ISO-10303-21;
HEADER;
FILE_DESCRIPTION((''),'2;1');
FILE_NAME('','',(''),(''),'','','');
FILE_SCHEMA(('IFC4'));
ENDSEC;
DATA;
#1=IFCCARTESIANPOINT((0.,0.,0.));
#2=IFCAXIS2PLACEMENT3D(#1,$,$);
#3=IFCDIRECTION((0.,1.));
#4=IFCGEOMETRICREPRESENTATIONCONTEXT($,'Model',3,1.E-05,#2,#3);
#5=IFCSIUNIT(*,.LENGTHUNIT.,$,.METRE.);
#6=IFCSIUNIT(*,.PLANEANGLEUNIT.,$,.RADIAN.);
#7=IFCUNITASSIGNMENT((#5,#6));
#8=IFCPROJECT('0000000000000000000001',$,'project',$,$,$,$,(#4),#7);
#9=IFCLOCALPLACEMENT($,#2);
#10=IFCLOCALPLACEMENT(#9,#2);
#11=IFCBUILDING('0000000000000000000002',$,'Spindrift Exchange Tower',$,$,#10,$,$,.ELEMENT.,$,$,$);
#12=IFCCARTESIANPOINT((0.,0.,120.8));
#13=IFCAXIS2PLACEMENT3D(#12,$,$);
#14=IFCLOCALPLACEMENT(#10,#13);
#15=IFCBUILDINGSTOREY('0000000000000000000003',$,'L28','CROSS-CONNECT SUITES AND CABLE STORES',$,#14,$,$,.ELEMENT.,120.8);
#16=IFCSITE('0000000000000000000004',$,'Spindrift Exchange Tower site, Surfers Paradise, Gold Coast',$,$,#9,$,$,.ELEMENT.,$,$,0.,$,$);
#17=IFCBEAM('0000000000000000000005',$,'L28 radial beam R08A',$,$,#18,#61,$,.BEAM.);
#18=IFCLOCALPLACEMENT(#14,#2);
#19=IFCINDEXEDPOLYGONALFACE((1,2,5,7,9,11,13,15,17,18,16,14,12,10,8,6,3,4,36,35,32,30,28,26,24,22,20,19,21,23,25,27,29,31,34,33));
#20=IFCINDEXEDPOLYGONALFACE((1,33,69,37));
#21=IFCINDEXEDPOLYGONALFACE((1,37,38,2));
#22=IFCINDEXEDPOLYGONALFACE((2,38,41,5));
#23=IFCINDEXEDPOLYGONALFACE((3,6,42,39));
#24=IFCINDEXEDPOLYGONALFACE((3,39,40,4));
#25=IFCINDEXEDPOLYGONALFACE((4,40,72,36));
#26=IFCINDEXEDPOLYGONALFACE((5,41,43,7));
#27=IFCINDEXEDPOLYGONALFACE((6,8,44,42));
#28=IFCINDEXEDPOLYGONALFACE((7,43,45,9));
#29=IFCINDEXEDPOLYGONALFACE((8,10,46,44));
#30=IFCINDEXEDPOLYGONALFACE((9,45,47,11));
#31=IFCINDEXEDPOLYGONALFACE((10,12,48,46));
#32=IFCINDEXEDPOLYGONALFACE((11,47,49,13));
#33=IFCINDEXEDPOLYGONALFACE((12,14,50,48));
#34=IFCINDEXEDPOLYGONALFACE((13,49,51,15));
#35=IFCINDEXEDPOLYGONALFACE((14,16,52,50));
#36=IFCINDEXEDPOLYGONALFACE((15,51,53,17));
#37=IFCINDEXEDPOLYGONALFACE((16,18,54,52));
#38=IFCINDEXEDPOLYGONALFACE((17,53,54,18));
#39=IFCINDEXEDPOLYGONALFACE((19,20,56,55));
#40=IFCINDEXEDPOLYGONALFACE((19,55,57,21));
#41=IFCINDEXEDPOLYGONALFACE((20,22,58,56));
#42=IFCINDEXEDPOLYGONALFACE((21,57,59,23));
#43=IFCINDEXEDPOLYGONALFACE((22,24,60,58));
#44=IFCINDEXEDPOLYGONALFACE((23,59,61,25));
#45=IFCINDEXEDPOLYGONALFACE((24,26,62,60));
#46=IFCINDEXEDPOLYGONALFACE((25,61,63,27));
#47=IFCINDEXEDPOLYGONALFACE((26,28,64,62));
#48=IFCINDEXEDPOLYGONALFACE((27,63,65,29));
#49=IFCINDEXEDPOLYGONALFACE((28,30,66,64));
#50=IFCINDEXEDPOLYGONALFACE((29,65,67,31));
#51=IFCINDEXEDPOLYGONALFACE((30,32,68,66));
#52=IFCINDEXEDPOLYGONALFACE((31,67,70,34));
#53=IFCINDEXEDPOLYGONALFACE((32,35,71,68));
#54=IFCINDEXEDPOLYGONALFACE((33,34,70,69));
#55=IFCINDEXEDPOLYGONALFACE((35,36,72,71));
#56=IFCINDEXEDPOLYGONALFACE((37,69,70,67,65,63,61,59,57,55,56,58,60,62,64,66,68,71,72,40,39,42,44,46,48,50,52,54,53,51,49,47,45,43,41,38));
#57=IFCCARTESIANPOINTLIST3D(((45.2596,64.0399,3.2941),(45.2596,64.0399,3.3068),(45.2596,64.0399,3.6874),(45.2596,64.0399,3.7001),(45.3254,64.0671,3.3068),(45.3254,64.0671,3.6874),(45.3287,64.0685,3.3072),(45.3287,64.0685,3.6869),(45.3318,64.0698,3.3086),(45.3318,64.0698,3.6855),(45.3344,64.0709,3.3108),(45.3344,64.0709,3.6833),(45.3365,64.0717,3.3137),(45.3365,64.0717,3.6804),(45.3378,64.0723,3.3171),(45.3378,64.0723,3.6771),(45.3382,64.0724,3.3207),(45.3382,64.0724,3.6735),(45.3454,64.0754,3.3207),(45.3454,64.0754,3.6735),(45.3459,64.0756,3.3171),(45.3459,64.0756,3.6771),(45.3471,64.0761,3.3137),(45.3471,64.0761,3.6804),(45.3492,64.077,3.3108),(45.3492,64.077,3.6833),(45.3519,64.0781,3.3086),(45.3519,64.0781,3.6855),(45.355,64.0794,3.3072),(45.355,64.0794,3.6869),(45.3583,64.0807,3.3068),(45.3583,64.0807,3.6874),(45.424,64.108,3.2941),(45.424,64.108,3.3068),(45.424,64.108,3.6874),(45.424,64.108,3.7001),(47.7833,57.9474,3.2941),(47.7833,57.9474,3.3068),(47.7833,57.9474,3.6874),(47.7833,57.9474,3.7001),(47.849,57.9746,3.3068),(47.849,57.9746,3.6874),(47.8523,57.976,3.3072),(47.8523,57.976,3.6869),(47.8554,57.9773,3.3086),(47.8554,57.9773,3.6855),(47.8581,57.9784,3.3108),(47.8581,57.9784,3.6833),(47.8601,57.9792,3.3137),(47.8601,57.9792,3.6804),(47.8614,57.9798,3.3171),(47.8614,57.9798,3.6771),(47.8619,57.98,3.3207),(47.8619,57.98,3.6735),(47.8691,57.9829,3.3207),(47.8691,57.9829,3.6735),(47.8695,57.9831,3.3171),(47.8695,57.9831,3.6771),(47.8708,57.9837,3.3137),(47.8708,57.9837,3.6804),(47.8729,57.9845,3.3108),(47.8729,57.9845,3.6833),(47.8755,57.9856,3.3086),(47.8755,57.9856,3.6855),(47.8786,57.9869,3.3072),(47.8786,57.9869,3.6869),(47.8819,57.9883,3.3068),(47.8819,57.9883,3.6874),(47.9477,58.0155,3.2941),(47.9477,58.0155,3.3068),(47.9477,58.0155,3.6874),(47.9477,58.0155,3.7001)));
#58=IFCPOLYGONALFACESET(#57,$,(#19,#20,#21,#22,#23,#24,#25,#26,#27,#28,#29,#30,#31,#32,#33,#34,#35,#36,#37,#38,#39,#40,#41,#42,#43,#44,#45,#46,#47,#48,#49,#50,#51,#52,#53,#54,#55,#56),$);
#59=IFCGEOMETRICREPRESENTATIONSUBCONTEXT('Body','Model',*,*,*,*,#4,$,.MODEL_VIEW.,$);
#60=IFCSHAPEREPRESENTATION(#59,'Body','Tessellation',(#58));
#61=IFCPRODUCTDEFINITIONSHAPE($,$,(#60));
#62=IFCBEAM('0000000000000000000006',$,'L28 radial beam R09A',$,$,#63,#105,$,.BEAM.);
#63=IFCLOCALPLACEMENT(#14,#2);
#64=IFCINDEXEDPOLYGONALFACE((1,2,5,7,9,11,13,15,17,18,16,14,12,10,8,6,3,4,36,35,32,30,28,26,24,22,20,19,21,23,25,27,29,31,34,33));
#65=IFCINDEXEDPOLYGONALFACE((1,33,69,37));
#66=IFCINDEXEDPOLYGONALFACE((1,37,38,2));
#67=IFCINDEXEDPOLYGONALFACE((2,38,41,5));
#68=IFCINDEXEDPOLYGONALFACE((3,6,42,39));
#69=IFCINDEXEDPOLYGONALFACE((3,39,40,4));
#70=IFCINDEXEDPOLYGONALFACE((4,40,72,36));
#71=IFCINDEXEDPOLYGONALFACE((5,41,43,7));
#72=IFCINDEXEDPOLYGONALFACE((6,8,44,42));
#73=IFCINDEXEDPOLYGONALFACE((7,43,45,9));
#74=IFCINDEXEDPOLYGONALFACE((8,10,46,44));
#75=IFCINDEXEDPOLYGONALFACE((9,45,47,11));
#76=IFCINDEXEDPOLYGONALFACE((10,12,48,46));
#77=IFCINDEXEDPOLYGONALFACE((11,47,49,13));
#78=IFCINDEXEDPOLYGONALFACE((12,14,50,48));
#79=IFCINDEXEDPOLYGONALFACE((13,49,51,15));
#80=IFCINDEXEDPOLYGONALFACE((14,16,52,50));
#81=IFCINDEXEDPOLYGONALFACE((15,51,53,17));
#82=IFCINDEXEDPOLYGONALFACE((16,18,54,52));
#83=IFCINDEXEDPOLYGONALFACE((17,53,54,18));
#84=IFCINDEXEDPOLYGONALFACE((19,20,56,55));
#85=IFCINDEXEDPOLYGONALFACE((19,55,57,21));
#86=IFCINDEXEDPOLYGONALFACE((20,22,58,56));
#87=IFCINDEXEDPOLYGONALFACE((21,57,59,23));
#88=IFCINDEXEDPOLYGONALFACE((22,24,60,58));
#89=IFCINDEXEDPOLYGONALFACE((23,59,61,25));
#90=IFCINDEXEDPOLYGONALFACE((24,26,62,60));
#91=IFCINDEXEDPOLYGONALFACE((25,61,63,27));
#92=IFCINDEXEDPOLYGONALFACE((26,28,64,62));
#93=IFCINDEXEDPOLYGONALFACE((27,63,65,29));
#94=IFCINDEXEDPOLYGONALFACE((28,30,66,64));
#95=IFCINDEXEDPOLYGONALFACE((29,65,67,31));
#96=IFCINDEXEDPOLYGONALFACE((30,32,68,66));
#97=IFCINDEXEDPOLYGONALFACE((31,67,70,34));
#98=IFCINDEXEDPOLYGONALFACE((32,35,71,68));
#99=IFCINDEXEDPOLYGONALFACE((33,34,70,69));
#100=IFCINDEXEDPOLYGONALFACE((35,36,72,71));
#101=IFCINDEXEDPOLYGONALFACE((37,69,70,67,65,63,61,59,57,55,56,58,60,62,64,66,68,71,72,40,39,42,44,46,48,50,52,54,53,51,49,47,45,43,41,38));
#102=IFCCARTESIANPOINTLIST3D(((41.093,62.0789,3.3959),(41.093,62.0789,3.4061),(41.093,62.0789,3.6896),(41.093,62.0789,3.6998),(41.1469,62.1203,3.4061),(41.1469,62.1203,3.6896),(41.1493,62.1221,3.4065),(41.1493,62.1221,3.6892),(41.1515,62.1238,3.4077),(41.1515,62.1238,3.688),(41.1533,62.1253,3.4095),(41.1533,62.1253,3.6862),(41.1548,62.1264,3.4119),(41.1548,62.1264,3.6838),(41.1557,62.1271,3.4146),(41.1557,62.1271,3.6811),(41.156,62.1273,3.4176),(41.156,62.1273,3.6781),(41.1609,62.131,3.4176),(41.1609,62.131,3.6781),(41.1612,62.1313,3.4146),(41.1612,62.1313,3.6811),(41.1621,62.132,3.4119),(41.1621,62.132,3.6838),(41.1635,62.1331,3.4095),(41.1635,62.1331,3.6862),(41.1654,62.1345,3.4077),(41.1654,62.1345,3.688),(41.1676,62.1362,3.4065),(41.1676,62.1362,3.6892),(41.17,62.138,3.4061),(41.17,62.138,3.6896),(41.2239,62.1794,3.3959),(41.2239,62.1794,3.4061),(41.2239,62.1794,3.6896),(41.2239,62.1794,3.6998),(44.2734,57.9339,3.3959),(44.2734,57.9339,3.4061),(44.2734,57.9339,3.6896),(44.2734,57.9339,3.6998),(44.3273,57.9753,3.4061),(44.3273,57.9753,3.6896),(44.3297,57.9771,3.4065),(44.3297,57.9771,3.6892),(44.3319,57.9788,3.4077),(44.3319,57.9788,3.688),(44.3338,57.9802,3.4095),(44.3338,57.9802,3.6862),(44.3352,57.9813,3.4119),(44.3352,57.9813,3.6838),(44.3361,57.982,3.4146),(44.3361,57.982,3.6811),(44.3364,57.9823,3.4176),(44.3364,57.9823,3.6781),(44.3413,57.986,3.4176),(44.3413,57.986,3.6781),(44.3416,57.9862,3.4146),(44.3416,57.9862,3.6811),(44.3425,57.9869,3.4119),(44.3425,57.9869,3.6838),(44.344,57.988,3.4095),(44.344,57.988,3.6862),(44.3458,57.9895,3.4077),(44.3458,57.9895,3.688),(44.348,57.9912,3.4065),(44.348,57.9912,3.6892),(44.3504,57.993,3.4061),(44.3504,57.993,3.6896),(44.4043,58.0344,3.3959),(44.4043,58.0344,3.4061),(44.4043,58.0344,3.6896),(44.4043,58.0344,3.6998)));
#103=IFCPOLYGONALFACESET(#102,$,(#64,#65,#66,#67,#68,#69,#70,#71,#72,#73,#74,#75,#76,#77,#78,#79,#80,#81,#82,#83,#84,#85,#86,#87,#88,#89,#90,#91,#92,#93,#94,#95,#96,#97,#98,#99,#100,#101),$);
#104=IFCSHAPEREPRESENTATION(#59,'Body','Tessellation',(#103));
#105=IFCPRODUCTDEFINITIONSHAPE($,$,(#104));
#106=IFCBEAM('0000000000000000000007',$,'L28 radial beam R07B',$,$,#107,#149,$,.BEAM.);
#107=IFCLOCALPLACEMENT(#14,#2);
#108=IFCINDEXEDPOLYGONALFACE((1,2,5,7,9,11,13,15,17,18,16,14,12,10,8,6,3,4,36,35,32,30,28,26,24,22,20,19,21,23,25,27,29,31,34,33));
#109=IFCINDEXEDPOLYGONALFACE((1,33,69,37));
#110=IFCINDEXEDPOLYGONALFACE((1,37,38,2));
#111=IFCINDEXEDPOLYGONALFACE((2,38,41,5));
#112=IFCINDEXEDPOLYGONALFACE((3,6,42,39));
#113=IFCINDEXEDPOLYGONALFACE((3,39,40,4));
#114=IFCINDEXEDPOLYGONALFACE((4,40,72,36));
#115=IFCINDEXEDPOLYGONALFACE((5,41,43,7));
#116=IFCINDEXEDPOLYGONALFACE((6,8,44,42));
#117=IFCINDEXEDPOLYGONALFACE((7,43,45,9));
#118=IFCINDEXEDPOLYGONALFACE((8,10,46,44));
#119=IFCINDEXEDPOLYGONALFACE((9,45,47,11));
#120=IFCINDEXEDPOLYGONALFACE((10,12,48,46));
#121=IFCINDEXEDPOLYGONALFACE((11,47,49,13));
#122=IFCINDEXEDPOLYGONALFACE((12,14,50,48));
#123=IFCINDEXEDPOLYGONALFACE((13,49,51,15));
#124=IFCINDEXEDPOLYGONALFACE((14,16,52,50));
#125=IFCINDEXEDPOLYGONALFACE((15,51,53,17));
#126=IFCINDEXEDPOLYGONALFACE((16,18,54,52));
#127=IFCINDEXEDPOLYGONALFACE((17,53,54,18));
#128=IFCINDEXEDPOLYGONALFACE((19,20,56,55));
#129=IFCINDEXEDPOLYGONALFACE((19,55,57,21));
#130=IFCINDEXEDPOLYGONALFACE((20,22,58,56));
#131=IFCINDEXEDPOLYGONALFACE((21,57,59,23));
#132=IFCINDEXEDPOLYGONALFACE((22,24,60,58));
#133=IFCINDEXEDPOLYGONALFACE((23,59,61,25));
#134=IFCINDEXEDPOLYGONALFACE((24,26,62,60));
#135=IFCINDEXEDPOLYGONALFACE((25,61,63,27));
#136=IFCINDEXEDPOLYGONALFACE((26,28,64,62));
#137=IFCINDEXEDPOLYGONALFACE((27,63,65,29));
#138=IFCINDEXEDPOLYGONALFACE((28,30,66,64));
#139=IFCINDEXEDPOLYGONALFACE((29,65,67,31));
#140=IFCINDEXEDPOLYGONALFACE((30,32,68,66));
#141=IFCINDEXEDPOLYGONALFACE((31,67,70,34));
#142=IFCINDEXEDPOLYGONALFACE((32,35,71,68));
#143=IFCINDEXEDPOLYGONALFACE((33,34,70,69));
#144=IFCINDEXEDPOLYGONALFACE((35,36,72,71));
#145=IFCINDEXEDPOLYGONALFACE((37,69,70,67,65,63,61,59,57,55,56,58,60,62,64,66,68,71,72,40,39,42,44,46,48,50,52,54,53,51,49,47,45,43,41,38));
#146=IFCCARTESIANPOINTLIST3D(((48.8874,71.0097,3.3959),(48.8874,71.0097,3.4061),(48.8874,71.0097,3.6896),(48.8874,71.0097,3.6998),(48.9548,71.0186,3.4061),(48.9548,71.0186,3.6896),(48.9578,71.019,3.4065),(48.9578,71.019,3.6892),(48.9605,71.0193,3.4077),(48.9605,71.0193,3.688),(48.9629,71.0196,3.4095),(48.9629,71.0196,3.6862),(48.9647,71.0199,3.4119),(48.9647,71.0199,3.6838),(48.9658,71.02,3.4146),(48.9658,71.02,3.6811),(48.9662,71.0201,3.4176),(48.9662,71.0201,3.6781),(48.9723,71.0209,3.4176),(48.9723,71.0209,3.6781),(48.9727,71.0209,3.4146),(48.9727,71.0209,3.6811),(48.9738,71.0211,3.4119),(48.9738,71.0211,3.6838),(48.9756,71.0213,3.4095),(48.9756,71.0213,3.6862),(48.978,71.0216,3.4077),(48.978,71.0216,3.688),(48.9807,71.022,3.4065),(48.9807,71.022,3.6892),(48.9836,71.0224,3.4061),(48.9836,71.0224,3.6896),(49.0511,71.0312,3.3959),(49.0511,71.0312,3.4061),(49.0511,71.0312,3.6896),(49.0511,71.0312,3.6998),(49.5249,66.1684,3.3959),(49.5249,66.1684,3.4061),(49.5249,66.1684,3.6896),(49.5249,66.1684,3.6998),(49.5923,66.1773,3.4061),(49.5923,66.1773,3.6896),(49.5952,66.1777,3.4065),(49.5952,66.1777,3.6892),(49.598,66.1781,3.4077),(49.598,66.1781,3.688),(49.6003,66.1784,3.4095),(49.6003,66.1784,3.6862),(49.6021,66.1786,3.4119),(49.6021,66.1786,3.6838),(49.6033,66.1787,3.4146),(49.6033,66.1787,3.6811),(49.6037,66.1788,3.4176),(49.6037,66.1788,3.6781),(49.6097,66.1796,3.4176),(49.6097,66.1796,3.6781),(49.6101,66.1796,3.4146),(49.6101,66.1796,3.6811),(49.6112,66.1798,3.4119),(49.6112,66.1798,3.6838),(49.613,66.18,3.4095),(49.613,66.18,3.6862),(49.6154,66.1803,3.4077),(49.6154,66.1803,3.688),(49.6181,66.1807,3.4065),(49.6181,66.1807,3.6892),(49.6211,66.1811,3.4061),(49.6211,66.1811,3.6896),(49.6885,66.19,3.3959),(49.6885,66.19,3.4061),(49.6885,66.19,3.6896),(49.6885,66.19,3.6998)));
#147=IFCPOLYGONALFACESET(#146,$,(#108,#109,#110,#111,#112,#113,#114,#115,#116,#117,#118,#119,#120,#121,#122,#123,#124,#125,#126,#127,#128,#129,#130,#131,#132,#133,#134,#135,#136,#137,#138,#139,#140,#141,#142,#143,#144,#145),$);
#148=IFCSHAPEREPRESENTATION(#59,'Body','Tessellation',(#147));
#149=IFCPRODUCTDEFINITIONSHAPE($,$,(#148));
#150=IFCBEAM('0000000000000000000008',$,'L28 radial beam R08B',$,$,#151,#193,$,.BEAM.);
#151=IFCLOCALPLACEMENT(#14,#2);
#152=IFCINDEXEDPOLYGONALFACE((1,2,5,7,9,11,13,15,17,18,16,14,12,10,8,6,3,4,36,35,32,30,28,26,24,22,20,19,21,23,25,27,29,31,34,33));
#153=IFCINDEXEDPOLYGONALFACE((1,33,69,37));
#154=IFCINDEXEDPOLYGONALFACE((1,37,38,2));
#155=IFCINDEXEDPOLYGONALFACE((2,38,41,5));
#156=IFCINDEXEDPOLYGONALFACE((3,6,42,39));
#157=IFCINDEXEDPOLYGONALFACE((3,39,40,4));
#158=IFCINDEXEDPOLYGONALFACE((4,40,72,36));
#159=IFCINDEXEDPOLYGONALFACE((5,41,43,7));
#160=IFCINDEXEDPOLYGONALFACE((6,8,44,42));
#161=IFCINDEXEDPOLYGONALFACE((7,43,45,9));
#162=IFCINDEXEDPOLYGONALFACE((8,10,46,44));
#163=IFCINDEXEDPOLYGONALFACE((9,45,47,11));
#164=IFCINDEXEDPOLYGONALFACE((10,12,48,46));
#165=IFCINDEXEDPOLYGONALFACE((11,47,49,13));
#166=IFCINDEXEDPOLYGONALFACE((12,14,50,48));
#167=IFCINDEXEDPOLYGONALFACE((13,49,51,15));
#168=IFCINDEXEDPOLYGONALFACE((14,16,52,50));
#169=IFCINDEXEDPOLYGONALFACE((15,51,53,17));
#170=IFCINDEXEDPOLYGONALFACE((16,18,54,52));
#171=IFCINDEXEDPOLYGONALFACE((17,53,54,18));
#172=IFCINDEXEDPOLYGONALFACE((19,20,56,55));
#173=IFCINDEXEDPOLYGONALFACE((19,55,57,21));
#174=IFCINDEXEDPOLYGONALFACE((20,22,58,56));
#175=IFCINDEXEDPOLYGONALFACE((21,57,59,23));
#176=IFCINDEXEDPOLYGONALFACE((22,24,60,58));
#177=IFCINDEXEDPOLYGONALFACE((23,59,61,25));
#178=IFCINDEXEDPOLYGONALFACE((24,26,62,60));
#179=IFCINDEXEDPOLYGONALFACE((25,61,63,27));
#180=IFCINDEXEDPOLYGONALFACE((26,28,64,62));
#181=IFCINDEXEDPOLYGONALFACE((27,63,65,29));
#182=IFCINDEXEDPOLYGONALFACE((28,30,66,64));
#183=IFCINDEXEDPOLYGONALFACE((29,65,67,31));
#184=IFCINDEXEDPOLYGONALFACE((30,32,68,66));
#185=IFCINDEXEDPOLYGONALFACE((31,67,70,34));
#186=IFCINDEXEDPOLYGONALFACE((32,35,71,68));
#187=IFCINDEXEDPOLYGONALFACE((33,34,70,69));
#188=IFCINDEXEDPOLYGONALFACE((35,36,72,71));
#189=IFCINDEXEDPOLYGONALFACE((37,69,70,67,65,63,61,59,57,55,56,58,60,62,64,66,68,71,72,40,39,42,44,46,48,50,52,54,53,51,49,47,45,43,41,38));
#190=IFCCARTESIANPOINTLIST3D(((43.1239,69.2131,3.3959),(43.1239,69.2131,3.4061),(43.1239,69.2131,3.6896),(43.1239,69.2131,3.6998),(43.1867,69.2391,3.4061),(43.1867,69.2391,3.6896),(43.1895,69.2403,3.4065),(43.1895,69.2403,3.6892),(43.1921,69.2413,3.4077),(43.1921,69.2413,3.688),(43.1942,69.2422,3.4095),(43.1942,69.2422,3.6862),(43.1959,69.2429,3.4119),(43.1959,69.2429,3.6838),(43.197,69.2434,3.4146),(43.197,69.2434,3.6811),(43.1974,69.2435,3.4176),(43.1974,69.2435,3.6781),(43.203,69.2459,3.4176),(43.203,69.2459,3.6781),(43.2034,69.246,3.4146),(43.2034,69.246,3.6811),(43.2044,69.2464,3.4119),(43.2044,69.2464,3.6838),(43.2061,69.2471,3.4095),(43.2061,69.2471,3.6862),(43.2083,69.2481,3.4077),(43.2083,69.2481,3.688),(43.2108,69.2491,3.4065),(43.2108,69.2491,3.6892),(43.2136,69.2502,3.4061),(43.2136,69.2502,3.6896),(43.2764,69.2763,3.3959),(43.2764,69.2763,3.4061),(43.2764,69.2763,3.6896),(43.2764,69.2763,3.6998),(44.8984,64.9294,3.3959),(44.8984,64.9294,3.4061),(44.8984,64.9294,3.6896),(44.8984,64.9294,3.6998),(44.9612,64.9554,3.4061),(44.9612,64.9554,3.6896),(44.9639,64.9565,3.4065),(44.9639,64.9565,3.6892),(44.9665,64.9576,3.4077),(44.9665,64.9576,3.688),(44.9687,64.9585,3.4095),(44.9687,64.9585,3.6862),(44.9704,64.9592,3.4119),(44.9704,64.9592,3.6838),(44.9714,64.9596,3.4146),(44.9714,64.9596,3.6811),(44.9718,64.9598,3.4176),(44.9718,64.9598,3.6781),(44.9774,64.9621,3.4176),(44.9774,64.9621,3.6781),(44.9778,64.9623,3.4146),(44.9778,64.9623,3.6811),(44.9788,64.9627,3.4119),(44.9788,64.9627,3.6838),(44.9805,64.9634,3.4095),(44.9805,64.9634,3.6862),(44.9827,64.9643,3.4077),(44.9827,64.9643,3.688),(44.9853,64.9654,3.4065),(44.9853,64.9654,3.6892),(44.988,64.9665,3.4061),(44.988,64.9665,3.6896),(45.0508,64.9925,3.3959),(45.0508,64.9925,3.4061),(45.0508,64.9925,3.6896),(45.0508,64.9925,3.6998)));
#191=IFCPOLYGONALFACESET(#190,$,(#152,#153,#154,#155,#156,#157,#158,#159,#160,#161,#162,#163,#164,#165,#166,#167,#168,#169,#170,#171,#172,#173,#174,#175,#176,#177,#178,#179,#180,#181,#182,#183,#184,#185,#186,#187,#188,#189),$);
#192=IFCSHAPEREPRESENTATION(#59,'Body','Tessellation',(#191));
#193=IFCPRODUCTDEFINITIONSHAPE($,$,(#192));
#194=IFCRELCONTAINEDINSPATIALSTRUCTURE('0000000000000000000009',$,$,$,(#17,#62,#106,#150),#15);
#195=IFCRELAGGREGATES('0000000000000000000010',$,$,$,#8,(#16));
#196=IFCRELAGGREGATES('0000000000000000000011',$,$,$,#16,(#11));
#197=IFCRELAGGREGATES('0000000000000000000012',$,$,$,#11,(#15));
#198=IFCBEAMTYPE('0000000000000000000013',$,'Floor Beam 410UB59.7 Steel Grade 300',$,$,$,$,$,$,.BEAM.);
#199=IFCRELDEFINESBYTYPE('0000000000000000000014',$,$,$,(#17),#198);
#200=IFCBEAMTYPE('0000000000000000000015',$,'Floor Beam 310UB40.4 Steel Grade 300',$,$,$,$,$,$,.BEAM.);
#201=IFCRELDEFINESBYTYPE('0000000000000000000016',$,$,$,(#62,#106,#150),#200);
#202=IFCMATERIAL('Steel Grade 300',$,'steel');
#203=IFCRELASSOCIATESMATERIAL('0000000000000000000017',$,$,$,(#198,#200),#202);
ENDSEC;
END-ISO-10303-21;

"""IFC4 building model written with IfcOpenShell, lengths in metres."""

from ifc_helpers import new_model, si_unit, direction, frame, origin, origin_2d, place, context, subcontext, project, spatial, i_section, extrude, source, transform, mapped, material, material_profile, profile_set, type_object, element, save


model = new_model("IFC4")

# Units and contexts
model_context = context("Model", 3, precision=1e-05, world=origin(), true_north=direction((0.0, 1.0)))
body_context = subcontext(model_context, "Body", "Model", "MODEL_VIEW")
ifc_project = project(units=[si_unit("LENGTHUNIT", "METRE"), si_unit("PLANEANGLEUNIT", "RADIAN")], contexts=[model_context])

# Site, building, storey
site_placement = place(None, origin())
site = spatial("IfcSite", under=ifc_project, at=site_placement, Name="Spindrift Exchange Tower site, Surfers Paradise, Gold Coast", CompositionType="ELEMENT", RefElevation=0.0)
building_placement = place(site_placement, origin())
building = spatial("IfcBuilding", under=site, at=building_placement, Name="Spindrift Exchange Tower", CompositionType="ELEMENT")
storey_placement = place(building_placement, frame((0.0, 0.0, 120.8)))
storey = spatial("IfcBuildingStorey", under=building, at=storey_placement, Name="L28", Description="CROSS-CONNECT SUITES AND CABLE STORES", CompositionType="ELEMENT", Elevation=120.8)

# Beams
ifc_material_1 = material(Name="Steel Grade 300", Category="steel")
ifc_material_profile_1 = material_profile(ifc_material_1, i_section(OverallWidth=0.178, OverallDepth=0.406, WebThickness=0.0078, FlangeThickness=0.0127, FilletRadius=0.0139, at=origin_2d()), Name="410UB59.7")
ifc_profile_set_1 = profile_set([ifc_material_profile_1], Name="Steel Grade 300")
beam_type_1 = type_object("IfcBeamType", Name="Floor Beam 410UB59.7 Steel Grade 300", PredefinedType="BEAM", material=ifc_profile_set_1)
shared_shape_1 = source(origin(), body_context, "Body", "SweptSolid", [
    extrude(i_section(OverallWidth=0.178, OverallDepth=0.406, WebThickness=0.0078, FlangeThickness=0.0127, FilletRadius=0.0139, at=origin_2d()), origin(), (0.0, 0.0, 1.0), 6.5945),
])
beam_1_placement = place(storey_placement, frame((47.8655, 57.9814, 3.4971), z_axis=(-0.382693, 0.923876, 0.0), x_axis=(-0.923876, -0.382693, 0.0)))
element("IfcBeam", 1, at=beam_1_placement, inside=storey, type_object=beam_type_1, Name="L28 radial beam R08A", PredefinedType="BEAM", context=body_context, shape_type="MappedRepresentation", body=[
    mapped(shared_shape_1, transform((0.0, 0.0, 0.0), scale=1.0)),
])
ifc_material_profile_2 = material_profile(ifc_material_1, i_section(OverallWidth=0.165, OverallDepth=0.304, WebThickness=0.0061, FlangeThickness=0.0103, FilletRadius=0.0115, at=origin_2d()), Name="310UB40.4")
ifc_profile_set_2 = profile_set([ifc_material_profile_2], Name="Steel Grade 300")
beam_type_2 = type_object("IfcBeamType", Name="Floor Beam 310UB40.4 Steel Grade 300", PredefinedType="BEAM", material=ifc_profile_set_2)
shared_shape_2 = source(origin(), body_context, "Body", "SweptSolid", [
    extrude(i_section(OverallWidth=0.165, OverallDepth=0.304, WebThickness=0.0061, FlangeThickness=0.0103, FilletRadius=0.0115, at=origin_2d()), origin(), (0.0, 0.0, 1.0), 5.2246),
])
beam_2_placement = place(storey_placement, frame((44.3389, 57.9841, 3.5479), z_axis=(-0.608741, 0.793369, 0.0), x_axis=(-0.793369, -0.608741, 0.0)))
element("IfcBeam", 2, at=beam_2_placement, inside=storey, type_object=beam_type_2, Name="L28 radial beam R09A", PredefinedType="BEAM", context=body_context, shape_type="MappedRepresentation", body=[
    mapped(shared_shape_2, transform((0.0, 0.0, 0.0), scale=1.0)),
])
shared_shape_3 = source(origin(), body_context, "Body", "SweptSolid", [
    extrude(i_section(OverallWidth=0.165, OverallDepth=0.304, WebThickness=0.0061, FlangeThickness=0.0103, FilletRadius=0.0115, at=origin_2d()), origin(), (0.0, 0.0, 1.0), 4.8831),
])
beam_3_placement = place(storey_placement, frame((49.6067, 66.1792, 3.5479), z_axis=(-0.130542, 0.991443, 0.0), x_axis=(-0.991443, -0.130542, 0.0)))
element("IfcBeam", 3, at=beam_3_placement, inside=storey, type_object=beam_type_2, Name="L28 radial beam R07B", PredefinedType="BEAM", context=body_context, shape_type="MappedRepresentation", body=[
    mapped(shared_shape_3, transform((0.0, 0.0, 0.0), scale=1.0)),
])
shared_shape_4 = source(origin(), body_context, "Body", "SweptSolid", [
    extrude(i_section(OverallWidth=0.165, OverallDepth=0.304, WebThickness=0.0061, FlangeThickness=0.0103, FilletRadius=0.0115, at=origin_2d()), origin(), (0.0, 0.0, 1.0), 4.6367),
])
beam_4_placement = place(storey_placement, frame((44.9746, 64.9609, 3.5479), z_axis=(-0.382693, 0.923876, 0.0), x_axis=(-0.923876, -0.382693, 0.0)))
element("IfcBeam", 4, at=beam_4_placement, inside=storey, type_object=beam_type_2, Name="L28 radial beam R08B", PredefinedType="BEAM", context=body_context, shape_type="MappedRepresentation", body=[
    mapped(shared_shape_4, transform((0.0, 0.0, 0.0), scale=1.0)),
])

save(model, "model.ifc")
